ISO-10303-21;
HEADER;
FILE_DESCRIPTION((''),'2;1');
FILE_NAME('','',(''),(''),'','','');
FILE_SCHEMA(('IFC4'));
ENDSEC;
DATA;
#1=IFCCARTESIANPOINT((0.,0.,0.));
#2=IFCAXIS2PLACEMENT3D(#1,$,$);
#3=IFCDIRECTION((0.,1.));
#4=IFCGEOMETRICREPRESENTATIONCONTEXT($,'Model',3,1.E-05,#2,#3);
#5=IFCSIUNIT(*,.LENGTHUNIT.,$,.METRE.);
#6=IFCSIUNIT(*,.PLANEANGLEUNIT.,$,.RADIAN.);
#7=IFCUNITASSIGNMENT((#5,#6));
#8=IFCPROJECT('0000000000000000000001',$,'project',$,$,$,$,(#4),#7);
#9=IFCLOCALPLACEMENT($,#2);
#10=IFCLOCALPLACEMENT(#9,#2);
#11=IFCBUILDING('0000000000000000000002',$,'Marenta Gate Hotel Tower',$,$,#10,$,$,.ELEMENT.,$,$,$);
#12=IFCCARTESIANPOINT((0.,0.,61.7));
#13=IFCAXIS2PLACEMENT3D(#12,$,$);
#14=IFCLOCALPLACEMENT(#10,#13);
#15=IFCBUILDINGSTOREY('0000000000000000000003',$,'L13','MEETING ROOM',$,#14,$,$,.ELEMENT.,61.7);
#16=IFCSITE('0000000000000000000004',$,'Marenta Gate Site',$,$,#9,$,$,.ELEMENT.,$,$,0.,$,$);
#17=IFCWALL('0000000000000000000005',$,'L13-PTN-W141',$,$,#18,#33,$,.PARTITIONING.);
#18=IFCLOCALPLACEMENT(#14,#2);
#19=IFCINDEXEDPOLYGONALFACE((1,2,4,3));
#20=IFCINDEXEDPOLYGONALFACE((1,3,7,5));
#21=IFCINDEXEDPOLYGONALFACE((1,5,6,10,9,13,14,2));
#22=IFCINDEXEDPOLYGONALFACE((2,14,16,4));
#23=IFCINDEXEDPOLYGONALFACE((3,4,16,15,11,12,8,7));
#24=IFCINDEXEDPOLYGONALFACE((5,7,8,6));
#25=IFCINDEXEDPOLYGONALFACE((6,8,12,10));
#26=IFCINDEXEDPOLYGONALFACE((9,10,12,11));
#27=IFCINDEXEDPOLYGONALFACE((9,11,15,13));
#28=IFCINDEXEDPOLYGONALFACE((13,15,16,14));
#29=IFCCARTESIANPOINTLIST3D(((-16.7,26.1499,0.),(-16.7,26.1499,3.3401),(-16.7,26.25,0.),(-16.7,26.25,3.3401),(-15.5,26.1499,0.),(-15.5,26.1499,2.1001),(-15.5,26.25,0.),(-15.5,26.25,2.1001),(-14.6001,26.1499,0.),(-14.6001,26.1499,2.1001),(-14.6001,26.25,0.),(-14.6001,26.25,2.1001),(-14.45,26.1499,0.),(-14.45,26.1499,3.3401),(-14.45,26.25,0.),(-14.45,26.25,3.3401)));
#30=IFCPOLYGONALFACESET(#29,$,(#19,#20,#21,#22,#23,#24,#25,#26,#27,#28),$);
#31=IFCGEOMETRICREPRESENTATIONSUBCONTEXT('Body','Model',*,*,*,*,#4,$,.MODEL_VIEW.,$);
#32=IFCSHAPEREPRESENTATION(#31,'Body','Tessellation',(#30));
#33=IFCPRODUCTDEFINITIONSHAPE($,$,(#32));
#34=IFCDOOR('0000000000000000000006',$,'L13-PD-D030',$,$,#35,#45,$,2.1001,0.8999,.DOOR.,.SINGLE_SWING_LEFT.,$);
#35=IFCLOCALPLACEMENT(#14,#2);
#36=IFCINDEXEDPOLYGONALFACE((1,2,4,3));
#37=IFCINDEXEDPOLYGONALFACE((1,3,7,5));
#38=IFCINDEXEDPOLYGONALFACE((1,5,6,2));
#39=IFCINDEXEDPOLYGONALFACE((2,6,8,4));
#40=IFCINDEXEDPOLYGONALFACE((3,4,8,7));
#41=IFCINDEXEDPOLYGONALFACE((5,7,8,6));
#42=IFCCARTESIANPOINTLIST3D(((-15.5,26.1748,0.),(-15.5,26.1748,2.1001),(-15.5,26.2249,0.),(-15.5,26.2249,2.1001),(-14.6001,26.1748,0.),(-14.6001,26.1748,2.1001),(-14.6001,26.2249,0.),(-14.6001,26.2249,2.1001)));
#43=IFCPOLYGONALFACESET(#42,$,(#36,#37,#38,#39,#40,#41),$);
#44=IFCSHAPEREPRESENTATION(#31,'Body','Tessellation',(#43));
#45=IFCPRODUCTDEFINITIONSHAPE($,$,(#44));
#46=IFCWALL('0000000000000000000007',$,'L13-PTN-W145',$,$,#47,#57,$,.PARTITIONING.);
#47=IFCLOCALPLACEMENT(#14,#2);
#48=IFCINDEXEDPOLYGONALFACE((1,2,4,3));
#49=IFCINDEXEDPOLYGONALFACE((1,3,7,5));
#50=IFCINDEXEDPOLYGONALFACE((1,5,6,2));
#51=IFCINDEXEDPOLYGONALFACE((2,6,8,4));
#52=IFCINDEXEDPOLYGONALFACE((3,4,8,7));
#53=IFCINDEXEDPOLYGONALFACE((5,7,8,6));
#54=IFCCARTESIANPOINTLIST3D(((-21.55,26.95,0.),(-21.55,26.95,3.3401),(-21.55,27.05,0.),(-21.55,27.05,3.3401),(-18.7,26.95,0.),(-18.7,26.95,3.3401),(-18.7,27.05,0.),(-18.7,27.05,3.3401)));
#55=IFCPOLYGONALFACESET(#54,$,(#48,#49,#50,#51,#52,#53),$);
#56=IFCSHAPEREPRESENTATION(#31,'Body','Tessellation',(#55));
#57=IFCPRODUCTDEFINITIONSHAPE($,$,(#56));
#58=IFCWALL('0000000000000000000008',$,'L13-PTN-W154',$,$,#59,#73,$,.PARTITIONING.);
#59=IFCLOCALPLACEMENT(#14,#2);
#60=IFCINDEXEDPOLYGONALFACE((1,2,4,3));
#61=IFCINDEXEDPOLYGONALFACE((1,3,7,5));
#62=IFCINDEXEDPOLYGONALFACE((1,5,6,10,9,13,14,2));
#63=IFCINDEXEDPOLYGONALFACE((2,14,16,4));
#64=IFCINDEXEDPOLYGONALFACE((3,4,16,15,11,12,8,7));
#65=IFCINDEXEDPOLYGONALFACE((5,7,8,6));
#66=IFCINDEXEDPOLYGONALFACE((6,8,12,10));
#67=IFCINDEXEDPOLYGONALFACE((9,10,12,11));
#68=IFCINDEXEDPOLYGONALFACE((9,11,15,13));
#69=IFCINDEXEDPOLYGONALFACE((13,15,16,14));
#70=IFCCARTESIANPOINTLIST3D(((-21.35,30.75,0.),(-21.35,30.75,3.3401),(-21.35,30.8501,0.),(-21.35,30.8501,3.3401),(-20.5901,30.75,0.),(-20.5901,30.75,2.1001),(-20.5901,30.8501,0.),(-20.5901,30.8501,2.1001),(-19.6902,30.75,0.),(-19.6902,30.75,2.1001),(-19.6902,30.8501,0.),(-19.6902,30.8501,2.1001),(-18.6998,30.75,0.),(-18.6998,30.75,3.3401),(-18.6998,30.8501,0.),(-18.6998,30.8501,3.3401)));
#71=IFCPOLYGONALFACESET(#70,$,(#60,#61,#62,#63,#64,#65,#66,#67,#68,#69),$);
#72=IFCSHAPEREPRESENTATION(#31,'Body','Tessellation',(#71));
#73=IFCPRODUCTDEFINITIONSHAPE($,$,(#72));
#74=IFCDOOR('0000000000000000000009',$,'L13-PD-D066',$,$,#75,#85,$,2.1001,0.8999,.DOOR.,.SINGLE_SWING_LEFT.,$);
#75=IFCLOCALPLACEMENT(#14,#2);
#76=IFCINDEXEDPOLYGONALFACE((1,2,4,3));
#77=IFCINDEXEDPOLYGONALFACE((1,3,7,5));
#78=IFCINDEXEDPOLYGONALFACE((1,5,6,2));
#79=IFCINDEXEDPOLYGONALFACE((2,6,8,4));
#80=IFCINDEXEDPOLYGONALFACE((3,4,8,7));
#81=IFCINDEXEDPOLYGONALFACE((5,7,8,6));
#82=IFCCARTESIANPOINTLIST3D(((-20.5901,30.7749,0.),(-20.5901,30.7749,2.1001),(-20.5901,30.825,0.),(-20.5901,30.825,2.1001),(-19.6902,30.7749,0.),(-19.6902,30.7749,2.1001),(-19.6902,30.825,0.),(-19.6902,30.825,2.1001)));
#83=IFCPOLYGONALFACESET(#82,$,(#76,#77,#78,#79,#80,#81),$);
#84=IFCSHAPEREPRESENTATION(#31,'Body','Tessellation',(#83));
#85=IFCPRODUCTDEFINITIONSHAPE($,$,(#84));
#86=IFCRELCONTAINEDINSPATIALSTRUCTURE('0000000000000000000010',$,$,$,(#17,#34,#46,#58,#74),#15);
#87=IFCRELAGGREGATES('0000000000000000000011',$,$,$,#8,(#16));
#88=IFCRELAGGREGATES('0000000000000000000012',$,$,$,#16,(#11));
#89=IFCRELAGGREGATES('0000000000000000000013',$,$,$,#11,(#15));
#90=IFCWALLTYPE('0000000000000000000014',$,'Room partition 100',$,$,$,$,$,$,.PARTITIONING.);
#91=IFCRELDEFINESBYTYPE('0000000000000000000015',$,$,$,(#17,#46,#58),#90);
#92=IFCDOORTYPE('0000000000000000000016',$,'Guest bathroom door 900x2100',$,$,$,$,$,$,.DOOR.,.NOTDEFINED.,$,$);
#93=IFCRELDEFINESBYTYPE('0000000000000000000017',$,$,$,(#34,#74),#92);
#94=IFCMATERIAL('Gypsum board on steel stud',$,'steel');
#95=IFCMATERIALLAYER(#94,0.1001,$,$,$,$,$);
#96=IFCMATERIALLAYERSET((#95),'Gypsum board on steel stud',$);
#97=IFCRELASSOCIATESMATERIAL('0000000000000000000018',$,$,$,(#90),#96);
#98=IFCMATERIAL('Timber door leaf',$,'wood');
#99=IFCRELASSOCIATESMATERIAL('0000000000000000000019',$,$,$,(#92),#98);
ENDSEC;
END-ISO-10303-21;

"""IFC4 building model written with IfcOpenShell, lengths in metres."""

from ifc_helpers import new_model, si_unit, direction, frame, frame_2d, origin, place, context, subcontext, project, spatial, rectangle, extrude, material, layer, layer_set, type_object, element, fill, save


model = new_model("IFC4")

# Units and contexts
model_context = context("Model", 3, precision=1e-05, world=origin(), true_north=direction((0.0, 1.0)))
body_context = subcontext(model_context, "Body", "Model", "MODEL_VIEW")
ifc_project = project(units=[si_unit("LENGTHUNIT", "METRE"), si_unit("PLANEANGLEUNIT", "RADIAN")], contexts=[model_context])

# Site, building, storey
site_placement = place(None, origin())
site = spatial("IfcSite", under=ifc_project, at=site_placement, Name="Marenta Gate Site", CompositionType="ELEMENT", RefElevation=0.0)
building_placement = place(site_placement, origin())
building = spatial("IfcBuilding", under=site, at=building_placement, Name="Marenta Gate Hotel Tower", CompositionType="ELEMENT")
storey_placement = place(building_placement, frame((0.0, 0.0, 61.7)))
storey = spatial("IfcBuildingStorey", under=building, at=storey_placement, Name="L13", Description="MEETING ROOM", CompositionType="ELEMENT", Elevation=61.7)

# Shared definitions
ifc_material_1 = material(Name="Gypsum board on steel stud", Category="steel")
ifc_layer = layer(ifc_material_1, 0.1001)
ifc_layer_set = layer_set([ifc_layer], Name="Gypsum board on steel stud")
wall_type = type_object("IfcWallType", Name="Room partition 100", PredefinedType="PARTITIONING", material=ifc_layer_set)

# Wall, opening, door
ifc_material_2 = material(Name="Timber door leaf", Category="wood")
door_type = type_object("IfcDoorType", Name="Guest bathroom door 900x2100", OperationType="NOTDEFINED", PredefinedType="DOOR", material=ifc_material_2)
wall_1_placement = place(storey_placement, frame((-16.7, 26.2, 0.0), z_axis=(0.0, 0.0, 1.0), x_axis=(1.0, 0.0, 0.0)))
wall_1 = element("IfcWall", 1, at=wall_1_placement, inside=storey, type_object=wall_type, Name="L13-PTN-W141", PredefinedType="PARTITIONING", context=body_context, shape_type="SweptSolid", body=[
    extrude(rectangle(XDim=2.25, YDim=0.1001, at=frame_2d((1.125, 0.0))), origin(), (0.0, 0.0, 1.0), 3.3401),
])
opening_1_placement = place(wall_1_placement, frame((1.2, 0.0, 0.0)))
opening_1 = element("IfcOpeningElement", 2, at=opening_1_placement, cuts=wall_1, PredefinedType="OPENING", context=body_context, shape_type="SweptSolid", body=[
    extrude(rectangle(XDim=0.8999, YDim=2.1001, at=frame_2d((0.45, 1.05))), frame((0.0, 0.05, 0.0), z_axis=(0.0, -1.0, 0.0), x_axis=(1.0, 0.0, 0.0)), (0.0, 0.0, 1.0), 0.1001),
])
door_1_placement = place(opening_1_placement, origin())
door_1 = element("IfcDoor", 3, at=door_1_placement, inside=storey, type_object=door_type, Name="L13-PD-D030", OperationType="SINGLE_SWING_LEFT", OverallHeight=2.1001, OverallWidth=0.8999, PredefinedType="DOOR", context=body_context, shape_type="SweptSolid", body=[
    extrude(rectangle(XDim=0.8999, YDim=2.1001, at=frame_2d((0.45, 1.05))), frame((0.0, 0.0249, 0.0), z_axis=(0.0, -1.0, 0.0), x_axis=(1.0, 0.0, 0.0)), (0.0, 0.0, 1.0), 0.05),
])
fill(opening_1, door_1)

# Wall
wall_2_placement = place(storey_placement, frame((-21.55, 27.0, 0.0), z_axis=(0.0, 0.0, 1.0), x_axis=(1.0, 0.0, 0.0)))
element("IfcWall", 4, at=wall_2_placement, inside=storey, type_object=wall_type, Name="L13-PTN-W145", PredefinedType="PARTITIONING", context=body_context, shape_type="SweptSolid", body=[
    extrude(rectangle(XDim=2.8501, YDim=0.1001, at=frame_2d((1.425, 0.0))), origin(), (0.0, 0.0, 1.0), 3.3401),
])

# Wall, opening, door
wall_3_placement = place(storey_placement, frame((-21.3501, 30.8, 0.0), z_axis=(0.0, 0.0, 1.0), x_axis=(1.0, 0.0, 0.0)))
wall_3 = element("IfcWall", 5, at=wall_3_placement, inside=storey, type_object=wall_type, Name="L13-PTN-W154", PredefinedType="PARTITIONING", context=body_context, shape_type="SweptSolid", body=[
    extrude(rectangle(XDim=2.6501, YDim=0.1001, at=frame_2d((1.3252, 0.0))), origin(), (0.0, 0.0, 1.0), 3.3401),
])
opening_2_placement = place(wall_3_placement, frame((0.76, 0.0, 0.0)))
opening_2 = element("IfcOpeningElement", 6, at=opening_2_placement, cuts=wall_3, PredefinedType="OPENING", context=body_context, shape_type="SweptSolid", body=[
    extrude(rectangle(XDim=0.8999, YDim=2.1001, at=frame_2d((0.45, 1.05))), frame((0.0, 0.05, 0.0), z_axis=(0.0, -1.0, 0.0), x_axis=(1.0, 0.0, 0.0)), (0.0, 0.0, 1.0), 0.1001),
])
door_2_placement = place(opening_2_placement, origin())
door_2 = element("IfcDoor", 7, at=door_2_placement, inside=storey, type_object=door_type, Name="L13-PD-D066", OperationType="SINGLE_SWING_LEFT", OverallHeight=2.1001, OverallWidth=0.8999, PredefinedType="DOOR", context=body_context, shape_type="SweptSolid", body=[
    extrude(rectangle(XDim=0.8999, YDim=2.1001, at=frame_2d((0.45, 1.05))), frame((0.0, 0.0249, 0.0), z_axis=(0.0, -1.0, 0.0), x_axis=(1.0, 0.0, 0.0)), (0.0, 0.0, 1.0), 0.05),
])
fill(opening_2, door_2)

save(model, "model.ifc")
